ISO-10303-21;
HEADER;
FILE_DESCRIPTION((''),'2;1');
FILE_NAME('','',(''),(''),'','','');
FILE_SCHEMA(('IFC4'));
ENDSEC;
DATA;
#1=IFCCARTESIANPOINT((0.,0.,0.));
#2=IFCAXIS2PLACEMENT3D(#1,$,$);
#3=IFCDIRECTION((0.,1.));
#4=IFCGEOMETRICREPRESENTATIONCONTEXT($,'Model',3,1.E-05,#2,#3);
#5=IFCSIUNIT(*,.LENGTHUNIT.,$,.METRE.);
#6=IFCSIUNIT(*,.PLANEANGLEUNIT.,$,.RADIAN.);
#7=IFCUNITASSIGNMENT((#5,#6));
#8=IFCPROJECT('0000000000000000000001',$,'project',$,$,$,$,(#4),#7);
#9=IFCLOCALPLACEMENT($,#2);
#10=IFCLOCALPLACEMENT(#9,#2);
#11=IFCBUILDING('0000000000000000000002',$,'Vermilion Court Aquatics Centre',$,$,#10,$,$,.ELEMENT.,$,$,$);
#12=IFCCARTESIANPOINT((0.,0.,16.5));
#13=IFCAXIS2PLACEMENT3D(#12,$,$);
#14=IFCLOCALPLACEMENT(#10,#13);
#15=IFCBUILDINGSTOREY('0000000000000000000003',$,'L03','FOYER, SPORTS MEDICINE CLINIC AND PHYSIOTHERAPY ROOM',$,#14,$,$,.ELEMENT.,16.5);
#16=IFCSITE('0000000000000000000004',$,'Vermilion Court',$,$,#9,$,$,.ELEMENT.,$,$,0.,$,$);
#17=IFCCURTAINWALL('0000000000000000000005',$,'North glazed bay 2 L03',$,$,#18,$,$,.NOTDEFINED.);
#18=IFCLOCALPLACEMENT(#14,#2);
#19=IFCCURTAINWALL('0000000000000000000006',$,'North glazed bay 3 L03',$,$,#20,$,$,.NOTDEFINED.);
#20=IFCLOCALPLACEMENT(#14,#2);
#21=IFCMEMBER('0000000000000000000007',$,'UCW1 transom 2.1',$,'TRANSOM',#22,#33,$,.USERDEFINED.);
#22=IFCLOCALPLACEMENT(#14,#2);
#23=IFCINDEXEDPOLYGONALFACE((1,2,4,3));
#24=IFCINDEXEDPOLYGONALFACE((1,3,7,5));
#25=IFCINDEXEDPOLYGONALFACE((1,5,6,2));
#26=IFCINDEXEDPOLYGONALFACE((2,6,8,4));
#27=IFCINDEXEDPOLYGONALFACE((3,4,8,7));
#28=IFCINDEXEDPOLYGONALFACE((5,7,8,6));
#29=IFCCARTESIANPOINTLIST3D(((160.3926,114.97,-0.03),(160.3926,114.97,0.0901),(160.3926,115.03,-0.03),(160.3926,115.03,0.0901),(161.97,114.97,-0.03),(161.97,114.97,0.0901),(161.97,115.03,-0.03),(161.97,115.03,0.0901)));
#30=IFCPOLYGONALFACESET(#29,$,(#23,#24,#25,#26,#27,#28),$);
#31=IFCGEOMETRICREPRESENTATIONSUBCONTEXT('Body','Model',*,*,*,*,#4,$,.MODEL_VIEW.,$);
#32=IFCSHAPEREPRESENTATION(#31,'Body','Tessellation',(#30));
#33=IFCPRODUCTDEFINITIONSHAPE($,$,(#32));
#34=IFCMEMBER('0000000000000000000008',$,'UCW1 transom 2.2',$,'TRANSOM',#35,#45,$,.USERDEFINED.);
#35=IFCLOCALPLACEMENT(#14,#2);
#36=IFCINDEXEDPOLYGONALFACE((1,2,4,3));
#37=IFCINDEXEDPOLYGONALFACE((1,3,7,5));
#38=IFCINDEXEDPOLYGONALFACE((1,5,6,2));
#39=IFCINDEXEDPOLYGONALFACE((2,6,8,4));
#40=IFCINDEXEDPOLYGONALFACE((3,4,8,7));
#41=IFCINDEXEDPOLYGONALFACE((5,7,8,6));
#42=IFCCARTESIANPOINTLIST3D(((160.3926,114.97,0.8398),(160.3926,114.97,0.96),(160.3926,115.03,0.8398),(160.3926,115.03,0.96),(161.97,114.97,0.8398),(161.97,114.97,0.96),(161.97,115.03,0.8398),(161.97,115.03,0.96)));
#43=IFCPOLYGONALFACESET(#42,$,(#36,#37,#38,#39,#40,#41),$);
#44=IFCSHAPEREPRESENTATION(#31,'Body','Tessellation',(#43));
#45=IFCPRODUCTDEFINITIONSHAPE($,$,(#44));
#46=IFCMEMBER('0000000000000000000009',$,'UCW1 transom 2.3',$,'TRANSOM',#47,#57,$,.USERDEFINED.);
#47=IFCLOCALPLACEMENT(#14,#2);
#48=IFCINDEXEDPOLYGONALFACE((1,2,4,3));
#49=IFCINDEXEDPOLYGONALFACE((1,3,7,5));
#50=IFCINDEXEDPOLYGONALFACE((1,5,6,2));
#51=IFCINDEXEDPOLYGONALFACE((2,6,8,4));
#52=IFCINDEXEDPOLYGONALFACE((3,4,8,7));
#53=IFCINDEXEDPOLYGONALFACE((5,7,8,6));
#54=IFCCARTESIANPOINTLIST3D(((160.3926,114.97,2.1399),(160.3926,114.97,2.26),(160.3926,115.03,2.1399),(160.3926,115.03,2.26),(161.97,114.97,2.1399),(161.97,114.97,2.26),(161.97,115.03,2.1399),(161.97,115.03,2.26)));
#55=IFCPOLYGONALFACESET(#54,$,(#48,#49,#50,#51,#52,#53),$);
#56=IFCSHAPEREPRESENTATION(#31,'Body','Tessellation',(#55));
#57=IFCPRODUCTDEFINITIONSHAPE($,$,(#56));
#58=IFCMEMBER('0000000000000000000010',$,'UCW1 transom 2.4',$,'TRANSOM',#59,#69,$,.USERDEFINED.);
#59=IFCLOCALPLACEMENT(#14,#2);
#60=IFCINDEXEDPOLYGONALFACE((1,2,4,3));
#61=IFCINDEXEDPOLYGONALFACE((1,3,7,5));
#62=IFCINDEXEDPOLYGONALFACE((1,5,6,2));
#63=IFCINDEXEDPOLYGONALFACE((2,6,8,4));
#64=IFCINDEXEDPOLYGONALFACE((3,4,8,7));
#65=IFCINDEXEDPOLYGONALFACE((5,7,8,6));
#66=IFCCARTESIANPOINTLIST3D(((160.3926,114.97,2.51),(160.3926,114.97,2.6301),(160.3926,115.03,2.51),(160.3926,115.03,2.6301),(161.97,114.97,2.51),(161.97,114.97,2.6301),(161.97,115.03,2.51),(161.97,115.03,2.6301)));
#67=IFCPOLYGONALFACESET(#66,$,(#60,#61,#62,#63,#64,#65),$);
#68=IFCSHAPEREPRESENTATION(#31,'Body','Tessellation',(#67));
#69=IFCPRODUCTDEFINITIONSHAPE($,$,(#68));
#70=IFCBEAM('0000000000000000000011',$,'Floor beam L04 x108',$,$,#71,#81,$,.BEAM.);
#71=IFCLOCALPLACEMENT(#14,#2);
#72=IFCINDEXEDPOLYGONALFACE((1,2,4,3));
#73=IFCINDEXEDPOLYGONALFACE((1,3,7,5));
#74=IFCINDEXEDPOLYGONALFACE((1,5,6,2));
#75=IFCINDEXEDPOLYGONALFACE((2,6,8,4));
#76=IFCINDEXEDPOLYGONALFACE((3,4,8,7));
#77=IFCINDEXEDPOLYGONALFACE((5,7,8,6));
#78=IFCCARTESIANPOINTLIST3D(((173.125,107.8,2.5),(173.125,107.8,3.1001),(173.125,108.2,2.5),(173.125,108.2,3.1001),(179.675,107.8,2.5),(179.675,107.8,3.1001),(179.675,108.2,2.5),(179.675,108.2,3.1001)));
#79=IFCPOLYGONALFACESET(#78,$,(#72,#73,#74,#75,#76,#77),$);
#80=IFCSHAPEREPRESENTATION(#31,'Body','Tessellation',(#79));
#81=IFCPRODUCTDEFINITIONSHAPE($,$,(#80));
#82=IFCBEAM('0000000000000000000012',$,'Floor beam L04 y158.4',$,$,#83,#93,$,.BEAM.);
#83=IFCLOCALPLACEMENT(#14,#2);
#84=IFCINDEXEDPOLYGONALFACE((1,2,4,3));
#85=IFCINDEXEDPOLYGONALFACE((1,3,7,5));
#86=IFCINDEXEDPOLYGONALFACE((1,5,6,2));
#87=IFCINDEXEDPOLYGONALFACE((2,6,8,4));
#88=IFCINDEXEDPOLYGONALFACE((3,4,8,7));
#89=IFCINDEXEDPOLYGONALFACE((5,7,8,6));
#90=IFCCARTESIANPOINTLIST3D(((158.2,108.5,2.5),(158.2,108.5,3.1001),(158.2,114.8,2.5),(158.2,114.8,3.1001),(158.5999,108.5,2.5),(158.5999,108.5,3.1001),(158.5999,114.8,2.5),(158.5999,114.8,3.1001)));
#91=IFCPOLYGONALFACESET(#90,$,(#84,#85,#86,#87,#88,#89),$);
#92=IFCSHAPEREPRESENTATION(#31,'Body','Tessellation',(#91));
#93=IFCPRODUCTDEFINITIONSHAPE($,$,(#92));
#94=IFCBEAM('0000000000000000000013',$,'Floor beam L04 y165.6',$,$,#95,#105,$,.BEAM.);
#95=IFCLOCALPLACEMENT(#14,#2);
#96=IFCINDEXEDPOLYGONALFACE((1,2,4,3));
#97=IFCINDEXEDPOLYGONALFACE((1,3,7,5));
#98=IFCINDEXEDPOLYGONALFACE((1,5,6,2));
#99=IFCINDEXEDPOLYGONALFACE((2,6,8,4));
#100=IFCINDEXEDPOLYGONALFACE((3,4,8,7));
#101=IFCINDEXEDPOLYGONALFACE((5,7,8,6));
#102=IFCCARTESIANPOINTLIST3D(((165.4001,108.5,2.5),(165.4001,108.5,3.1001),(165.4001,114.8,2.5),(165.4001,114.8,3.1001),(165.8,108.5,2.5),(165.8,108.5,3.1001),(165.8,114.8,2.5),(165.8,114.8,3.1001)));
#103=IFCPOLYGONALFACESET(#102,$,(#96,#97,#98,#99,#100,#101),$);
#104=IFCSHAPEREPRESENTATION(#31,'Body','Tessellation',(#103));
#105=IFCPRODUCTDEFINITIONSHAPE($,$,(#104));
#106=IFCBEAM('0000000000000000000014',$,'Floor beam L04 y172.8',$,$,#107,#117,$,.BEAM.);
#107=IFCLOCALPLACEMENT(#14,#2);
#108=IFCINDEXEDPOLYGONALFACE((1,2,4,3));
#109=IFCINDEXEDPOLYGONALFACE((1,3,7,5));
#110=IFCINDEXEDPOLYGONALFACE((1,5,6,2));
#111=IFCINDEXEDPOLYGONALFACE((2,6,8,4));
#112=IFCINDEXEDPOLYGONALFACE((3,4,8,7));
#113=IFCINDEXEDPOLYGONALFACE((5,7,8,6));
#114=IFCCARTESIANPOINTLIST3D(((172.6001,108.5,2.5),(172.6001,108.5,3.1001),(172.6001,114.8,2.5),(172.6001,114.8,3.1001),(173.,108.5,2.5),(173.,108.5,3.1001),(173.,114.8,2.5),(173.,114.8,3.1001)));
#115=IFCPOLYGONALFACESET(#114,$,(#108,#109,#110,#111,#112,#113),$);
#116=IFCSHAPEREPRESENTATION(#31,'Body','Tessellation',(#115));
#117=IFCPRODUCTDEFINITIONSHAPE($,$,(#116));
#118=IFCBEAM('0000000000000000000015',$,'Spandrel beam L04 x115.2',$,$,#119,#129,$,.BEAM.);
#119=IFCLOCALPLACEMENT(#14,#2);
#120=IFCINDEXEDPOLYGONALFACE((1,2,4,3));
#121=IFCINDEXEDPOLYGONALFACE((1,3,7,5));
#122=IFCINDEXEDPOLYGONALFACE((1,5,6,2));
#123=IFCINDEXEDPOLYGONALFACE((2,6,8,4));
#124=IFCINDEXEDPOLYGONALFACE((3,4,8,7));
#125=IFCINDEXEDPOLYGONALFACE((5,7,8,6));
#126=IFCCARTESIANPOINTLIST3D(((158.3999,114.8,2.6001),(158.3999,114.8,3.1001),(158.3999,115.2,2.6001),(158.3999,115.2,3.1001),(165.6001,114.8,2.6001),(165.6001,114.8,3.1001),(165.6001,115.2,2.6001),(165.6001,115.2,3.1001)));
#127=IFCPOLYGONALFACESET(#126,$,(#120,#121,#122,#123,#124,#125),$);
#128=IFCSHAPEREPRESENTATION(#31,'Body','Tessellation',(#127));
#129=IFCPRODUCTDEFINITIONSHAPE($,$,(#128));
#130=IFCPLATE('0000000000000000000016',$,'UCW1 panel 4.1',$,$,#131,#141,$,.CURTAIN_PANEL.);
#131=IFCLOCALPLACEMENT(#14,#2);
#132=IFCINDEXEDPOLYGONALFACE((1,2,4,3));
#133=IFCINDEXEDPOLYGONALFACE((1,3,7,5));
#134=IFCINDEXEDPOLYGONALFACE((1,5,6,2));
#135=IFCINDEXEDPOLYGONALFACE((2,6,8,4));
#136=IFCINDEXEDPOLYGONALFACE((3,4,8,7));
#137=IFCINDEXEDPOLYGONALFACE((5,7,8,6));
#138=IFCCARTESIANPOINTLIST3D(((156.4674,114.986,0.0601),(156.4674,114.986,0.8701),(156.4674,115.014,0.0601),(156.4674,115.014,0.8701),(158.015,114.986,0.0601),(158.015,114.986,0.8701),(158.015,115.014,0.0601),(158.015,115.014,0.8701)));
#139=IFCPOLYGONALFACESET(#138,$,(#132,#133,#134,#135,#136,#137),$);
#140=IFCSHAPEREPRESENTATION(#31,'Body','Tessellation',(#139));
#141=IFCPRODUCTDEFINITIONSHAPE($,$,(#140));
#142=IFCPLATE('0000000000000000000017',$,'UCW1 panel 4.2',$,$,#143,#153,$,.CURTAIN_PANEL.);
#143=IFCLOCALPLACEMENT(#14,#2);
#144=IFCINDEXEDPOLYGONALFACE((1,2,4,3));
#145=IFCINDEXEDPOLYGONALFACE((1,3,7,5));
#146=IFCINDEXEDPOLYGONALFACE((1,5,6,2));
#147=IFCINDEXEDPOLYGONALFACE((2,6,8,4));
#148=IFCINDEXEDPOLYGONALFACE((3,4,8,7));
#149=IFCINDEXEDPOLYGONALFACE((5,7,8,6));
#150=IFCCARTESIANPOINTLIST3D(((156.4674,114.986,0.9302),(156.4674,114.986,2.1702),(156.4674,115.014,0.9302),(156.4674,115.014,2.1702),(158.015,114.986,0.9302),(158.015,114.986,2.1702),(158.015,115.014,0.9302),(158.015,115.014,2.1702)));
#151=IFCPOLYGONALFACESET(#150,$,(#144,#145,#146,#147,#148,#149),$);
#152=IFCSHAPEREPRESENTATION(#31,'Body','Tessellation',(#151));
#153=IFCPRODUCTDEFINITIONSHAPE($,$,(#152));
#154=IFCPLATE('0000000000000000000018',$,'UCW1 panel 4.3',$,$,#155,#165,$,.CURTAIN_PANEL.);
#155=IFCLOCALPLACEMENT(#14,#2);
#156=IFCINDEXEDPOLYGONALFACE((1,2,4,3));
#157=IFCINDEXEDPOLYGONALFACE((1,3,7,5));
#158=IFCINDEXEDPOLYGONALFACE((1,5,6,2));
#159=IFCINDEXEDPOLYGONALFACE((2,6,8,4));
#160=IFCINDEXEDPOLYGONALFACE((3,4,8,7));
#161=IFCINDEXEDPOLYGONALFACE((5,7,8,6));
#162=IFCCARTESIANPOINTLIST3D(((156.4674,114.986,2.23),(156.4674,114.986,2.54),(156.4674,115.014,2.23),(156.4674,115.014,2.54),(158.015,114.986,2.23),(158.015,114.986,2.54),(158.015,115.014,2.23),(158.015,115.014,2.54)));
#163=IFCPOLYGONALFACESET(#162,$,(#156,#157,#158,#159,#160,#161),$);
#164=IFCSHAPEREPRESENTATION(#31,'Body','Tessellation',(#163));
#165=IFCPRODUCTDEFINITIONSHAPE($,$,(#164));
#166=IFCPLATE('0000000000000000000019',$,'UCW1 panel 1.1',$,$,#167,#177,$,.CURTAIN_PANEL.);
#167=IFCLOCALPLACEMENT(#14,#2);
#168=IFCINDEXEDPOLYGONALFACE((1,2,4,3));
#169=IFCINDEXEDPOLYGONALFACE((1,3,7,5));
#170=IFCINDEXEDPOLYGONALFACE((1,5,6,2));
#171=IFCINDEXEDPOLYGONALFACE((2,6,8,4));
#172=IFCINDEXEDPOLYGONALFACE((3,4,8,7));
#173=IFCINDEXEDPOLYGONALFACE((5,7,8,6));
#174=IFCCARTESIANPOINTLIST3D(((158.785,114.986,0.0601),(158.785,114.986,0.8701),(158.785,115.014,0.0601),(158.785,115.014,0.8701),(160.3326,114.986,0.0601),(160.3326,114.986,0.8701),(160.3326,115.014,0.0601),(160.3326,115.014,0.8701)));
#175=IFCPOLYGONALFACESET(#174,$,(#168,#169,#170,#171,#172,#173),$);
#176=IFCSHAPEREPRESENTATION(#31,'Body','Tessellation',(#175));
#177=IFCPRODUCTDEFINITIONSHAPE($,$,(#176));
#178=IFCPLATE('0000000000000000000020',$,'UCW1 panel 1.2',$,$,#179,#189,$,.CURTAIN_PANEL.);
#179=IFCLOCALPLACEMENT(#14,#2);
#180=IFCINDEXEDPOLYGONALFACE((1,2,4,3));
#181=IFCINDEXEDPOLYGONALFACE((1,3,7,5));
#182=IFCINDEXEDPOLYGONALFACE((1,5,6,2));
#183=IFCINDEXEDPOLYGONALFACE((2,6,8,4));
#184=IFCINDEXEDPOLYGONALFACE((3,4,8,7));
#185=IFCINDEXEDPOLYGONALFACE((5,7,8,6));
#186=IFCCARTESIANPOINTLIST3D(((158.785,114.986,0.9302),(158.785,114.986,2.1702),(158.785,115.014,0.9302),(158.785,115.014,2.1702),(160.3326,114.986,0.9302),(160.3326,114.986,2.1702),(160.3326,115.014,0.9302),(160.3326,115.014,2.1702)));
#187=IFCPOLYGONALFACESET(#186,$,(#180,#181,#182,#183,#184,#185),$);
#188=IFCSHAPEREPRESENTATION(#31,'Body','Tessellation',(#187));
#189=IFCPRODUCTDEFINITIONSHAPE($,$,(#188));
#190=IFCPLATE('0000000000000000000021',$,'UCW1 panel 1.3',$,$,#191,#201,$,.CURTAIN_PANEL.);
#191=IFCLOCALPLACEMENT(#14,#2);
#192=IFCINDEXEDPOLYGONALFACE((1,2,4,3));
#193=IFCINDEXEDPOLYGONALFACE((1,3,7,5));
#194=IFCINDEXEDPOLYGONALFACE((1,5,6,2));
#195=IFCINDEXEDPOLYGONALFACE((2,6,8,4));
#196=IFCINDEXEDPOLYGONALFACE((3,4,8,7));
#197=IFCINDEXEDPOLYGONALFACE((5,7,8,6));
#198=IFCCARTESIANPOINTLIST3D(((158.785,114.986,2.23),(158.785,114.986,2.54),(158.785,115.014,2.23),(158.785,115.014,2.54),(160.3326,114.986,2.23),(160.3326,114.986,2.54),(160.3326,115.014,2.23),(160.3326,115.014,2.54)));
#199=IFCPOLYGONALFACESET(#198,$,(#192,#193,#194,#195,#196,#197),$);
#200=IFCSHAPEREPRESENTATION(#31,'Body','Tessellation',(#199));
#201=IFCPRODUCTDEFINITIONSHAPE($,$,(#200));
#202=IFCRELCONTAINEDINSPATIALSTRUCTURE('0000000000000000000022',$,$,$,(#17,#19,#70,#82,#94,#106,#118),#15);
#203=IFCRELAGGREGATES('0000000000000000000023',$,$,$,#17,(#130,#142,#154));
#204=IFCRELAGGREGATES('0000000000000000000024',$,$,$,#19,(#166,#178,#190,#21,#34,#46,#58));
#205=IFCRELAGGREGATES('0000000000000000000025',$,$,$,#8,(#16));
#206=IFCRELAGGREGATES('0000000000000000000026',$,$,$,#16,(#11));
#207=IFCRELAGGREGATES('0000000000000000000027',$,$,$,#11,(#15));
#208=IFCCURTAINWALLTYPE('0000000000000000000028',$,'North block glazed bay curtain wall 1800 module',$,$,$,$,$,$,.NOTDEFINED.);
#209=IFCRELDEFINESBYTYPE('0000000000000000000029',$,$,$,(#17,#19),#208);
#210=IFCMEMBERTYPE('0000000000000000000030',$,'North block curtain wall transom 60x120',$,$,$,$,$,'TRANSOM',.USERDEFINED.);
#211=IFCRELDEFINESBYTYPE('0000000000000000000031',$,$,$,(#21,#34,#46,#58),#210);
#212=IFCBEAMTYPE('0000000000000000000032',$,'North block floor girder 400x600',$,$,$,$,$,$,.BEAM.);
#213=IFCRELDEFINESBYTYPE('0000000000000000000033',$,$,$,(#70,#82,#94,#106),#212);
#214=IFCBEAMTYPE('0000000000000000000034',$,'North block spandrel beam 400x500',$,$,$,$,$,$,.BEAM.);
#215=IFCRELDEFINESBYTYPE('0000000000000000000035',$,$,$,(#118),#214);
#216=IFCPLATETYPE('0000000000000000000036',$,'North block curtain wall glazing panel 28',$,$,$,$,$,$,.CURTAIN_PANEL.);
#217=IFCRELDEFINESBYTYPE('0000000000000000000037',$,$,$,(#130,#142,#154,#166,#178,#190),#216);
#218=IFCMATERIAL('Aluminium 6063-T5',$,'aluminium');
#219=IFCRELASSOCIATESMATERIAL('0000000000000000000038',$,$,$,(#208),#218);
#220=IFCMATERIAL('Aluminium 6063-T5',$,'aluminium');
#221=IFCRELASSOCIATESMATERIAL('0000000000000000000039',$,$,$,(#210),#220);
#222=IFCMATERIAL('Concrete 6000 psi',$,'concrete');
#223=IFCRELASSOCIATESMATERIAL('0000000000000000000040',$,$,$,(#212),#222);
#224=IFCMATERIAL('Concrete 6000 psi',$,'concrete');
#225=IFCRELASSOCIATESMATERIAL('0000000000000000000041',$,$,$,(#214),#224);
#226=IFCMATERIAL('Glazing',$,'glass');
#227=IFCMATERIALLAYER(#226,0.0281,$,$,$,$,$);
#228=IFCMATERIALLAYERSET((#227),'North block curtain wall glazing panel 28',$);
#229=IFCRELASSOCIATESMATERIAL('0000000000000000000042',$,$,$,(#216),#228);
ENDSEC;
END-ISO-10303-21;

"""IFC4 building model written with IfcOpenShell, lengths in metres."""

from ifc_helpers import new_model, si_unit, direction, frame, origin, origin_2d, place, context, subcontext, project, spatial, rectangle, extrude, material, layer, layer_set, material_profile, profile_set, type_object, element, aggregate, save


model = new_model("IFC4")

# Units and contexts
model_context = context("Model", 3, precision=1e-05, world=origin(), true_north=direction((0.0, 1.0)))
body_context = subcontext(model_context, "Body", "Model", "MODEL_VIEW")
ifc_project = project(units=[si_unit("LENGTHUNIT", "METRE"), si_unit("PLANEANGLEUNIT", "RADIAN")], contexts=[model_context])

# Site, building, storey
site_placement = place(None, origin())
site = spatial("IfcSite", under=ifc_project, at=site_placement, Name="Vermilion Court", CompositionType="ELEMENT", RefElevation=0.0)
building_placement = place(site_placement, origin())
building = spatial("IfcBuilding", under=site, at=building_placement, Name="Vermilion Court Aquatics Centre", CompositionType="ELEMENT")
storey_placement = place(building_placement, frame((0.0, 0.0, 16.5)))
storey = spatial("IfcBuildingStorey", under=building, at=storey_placement, Name="L03", Description="FOYER, SPORTS MEDICINE CLINIC AND PHYSIOTHERAPY ROOM", CompositionType="ELEMENT", Elevation=16.5)

# Curtain walls
ifc_material_1 = material(Name="Aluminium 6063-T5", Category="aluminium")
curtain_wall_type = type_object("IfcCurtainWallType", Name="North block glazed bay curtain wall 1800 module", PredefinedType="NOTDEFINED", material=ifc_material_1)
curtain_wall_1_placement = place(storey_placement, origin())
curtain_wall_1 = element("IfcCurtainWall", 1, at=curtain_wall_1_placement, inside=storey, type_object=curtain_wall_type, Name="North glazed bay 2 L03", PredefinedType="NOTDEFINED")
curtain_wall_2_placement = place(storey_placement, origin())
curtain_wall_2 = element("IfcCurtainWall", 2, at=curtain_wall_2_placement, inside=storey, type_object=curtain_wall_type, Name="North glazed bay 3 L03", PredefinedType="NOTDEFINED")

# Members
ifc_material_2 = material(Name="Aluminium 6063-T5", Category="aluminium")
ifc_material_profile_1 = material_profile(ifc_material_2, rectangle(XDim=0.0601, YDim=0.1201, at=origin_2d()), Name="AL 60x120")
ifc_profile_set_1 = profile_set([ifc_material_profile_1], Name="Aluminium 6063-T5")
member_type_1 = type_object("IfcMemberType", Name="North block curtain wall transom 60x120", ElementType="TRANSOM", PredefinedType="USERDEFINED", material=ifc_profile_set_1)
member_1_placement = place(storey_placement, frame((160.3926, 115.0, 0.03), z_axis=(1.0, 0.0, 0.0), x_axis=(0.0, 1.0, 0.0)))
member_1 = element("IfcMember", 3, at=member_1_placement, type_object=member_type_1, Name="UCW1 transom 2.1", ObjectType="TRANSOM", PredefinedType="USERDEFINED", context=body_context, shape_type="SweptSolid", body=[
    extrude(rectangle(XDim=0.0601, YDim=0.1201, at=origin_2d()), origin(), (0.0, 0.0, 1.0), 1.5774),
])
member_2_placement = place(storey_placement, frame((160.3926, 115.0, 0.8999), z_axis=(1.0, 0.0, 0.0), x_axis=(0.0, 1.0, 0.0)))
member_2 = element("IfcMember", 4, at=member_2_placement, type_object=member_type_1, Name="UCW1 transom 2.2", ObjectType="TRANSOM", PredefinedType="USERDEFINED", context=body_context, shape_type="SweptSolid", body=[
    extrude(rectangle(XDim=0.0601, YDim=0.1201, at=origin_2d()), origin(), (0.0, 0.0, 1.0), 1.5774),
])
member_3_placement = place(storey_placement, frame((160.3926, 115.0, 2.2), z_axis=(1.0, 0.0, 0.0), x_axis=(0.0, 1.0, 0.0)))
member_3 = element("IfcMember", 5, at=member_3_placement, type_object=member_type_1, Name="UCW1 transom 2.3", ObjectType="TRANSOM", PredefinedType="USERDEFINED", context=body_context, shape_type="SweptSolid", body=[
    extrude(rectangle(XDim=0.0601, YDim=0.1201, at=origin_2d()), origin(), (0.0, 0.0, 1.0), 1.5774),
])
member_4_placement = place(storey_placement, frame((160.3926, 115.0, 2.5701), z_axis=(1.0, 0.0, 0.0), x_axis=(0.0, 1.0, 0.0)))
member_4 = element("IfcMember", 6, at=member_4_placement, type_object=member_type_1, Name="UCW1 transom 2.4", ObjectType="TRANSOM", PredefinedType="USERDEFINED", context=body_context, shape_type="SweptSolid", body=[
    extrude(rectangle(XDim=0.0601, YDim=0.1201, at=origin_2d()), origin(), (0.0, 0.0, 1.0), 1.5774),
])

# Beams
ifc_material_3 = material(Name="Concrete 6000 psi", Category="concrete")
ifc_material_profile_2 = material_profile(ifc_material_3, rectangle(XDim=0.3999, YDim=0.6001, at=origin_2d()), Name="RC 400x600")
ifc_profile_set_2 = profile_set([ifc_material_profile_2], Name="Concrete 6000 psi")
beam_type_1 = type_object("IfcBeamType", Name="North block floor girder 400x600", PredefinedType="BEAM", material=ifc_profile_set_2)
beam_1_placement = place(storey_placement, frame((173.125, 108.0, 2.8), z_axis=(1.0, 0.0, 0.0), x_axis=(0.0, 1.0, 0.0)))
element("IfcBeam", 7, at=beam_1_placement, inside=storey, type_object=beam_type_1, Name="Floor beam L04 x108", PredefinedType="BEAM", context=body_context, shape_type="SweptSolid", body=[
    extrude(rectangle(XDim=0.3999, YDim=0.6001, at=origin_2d()), origin(), (0.0, 0.0, 1.0), 6.55),
])
for number, where, z_axis, x_axis, name in (
    (8, (158.3999, 108.5, 2.8), (0.0, 1.0, 0.0), (-1.0, 0.0, 0.0), "Floor beam L04 y158.4"),
    (9, (165.6001, 108.5, 2.8), (0.0, 1.0, 0.0), (-1.0, 0.0, 0.0), "Floor beam L04 y165.6"),
    (10, (172.8, 108.5, 2.8), (0.0, 1.0, 0.0), (-1.0, 0.0, 0.0), "Floor beam L04 y172.8"),
):
    element("IfcBeam", number, at=place(storey_placement, frame(where, z_axis=z_axis, x_axis=x_axis)), inside=storey, type_object=beam_type_1, Name=name, PredefinedType="BEAM", context=body_context, shape_type="SweptSolid", body=[
        extrude(rectangle(XDim=0.3999, YDim=0.6001, at=origin_2d()), origin(), (0.0, 0.0, 1.0), 6.3),
    ])
ifc_material_4 = material(Name="Concrete 6000 psi", Category="concrete")
ifc_material_profile_3 = material_profile(ifc_material_4, rectangle(XDim=0.3999, YDim=0.5, at=origin_2d()), Name="RC 400x500")
ifc_profile_set_3 = profile_set([ifc_material_profile_3], Name="Concrete 6000 psi")
beam_type_2 = type_object("IfcBeamType", Name="North block spandrel beam 400x500", PredefinedType="BEAM", material=ifc_profile_set_3)
beam_2_placement = place(storey_placement, frame((158.3999, 115.0, 2.8501), z_axis=(1.0, 0.0, 0.0), x_axis=(0.0, 1.0, 0.0)))
element("IfcBeam", 11, at=beam_2_placement, inside=storey, type_object=beam_type_2, Name="Spandrel beam L04 x115.2", PredefinedType="BEAM", context=body_context, shape_type="SweptSolid", body=[
    extrude(rectangle(XDim=0.3999, YDim=0.5, at=origin_2d()), origin(), (0.0, 0.0, 1.0), 7.2002),
])

# Plates
ifc_material_5 = material(Name="Glazing", Category="glass")
ifc_layer_1 = layer(ifc_material_5, 0.0281)
ifc_layer_set_1 = layer_set([ifc_layer_1], Name="North block curtain wall glazing panel 28")
plate_type = type_object("IfcPlateType", Name="North block curtain wall glazing panel 28", PredefinedType="CURTAIN_PANEL", material=ifc_layer_set_1)
plate_1_placement = place(storey_placement, frame((157.2412, 115.0, 0.0601), z_axis=(0.0, 0.0, 1.0), x_axis=(1.0, 0.0, 0.0)))
plate_1 = element("IfcPlate", 12, at=plate_1_placement, type_object=plate_type, Name="UCW1 panel 4.1", PredefinedType="CURTAIN_PANEL", context=body_context, shape_type="SweptSolid", body=[
    extrude(rectangle(XDim=1.5476, YDim=0.0281, at=origin_2d()), origin(), (0.0, 0.0, 1.0), 0.8101),
])
plate_2_placement = place(storey_placement, frame((157.2412, 115.0, 0.9302), z_axis=(0.0, 0.0, 1.0), x_axis=(1.0, 0.0, 0.0)))
plate_2 = element("IfcPlate", 13, at=plate_2_placement, type_object=plate_type, Name="UCW1 panel 4.2", PredefinedType="CURTAIN_PANEL", context=body_context, shape_type="SweptSolid", body=[
    extrude(rectangle(XDim=1.5476, YDim=0.0281, at=origin_2d()), origin(), (0.0, 0.0, 1.0), 1.24),
])
plate_3_placement = place(storey_placement, frame((157.2412, 115.0, 2.23), z_axis=(0.0, 0.0, 1.0), x_axis=(1.0, 0.0, 0.0)))
plate_3 = element("IfcPlate", 14, at=plate_3_placement, type_object=plate_type, Name="UCW1 panel 4.3", PredefinedType="CURTAIN_PANEL", context=body_context, shape_type="SweptSolid", body=[
    extrude(rectangle(XDim=1.5476, YDim=0.0281, at=origin_2d()), origin(), (0.0, 0.0, 1.0), 0.3101),
])
aggregate(curtain_wall_1, [plate_1, plate_2, plate_3])
plate_4_placement = place(storey_placement, frame((159.5588, 115.0, 0.0601), z_axis=(0.0, 0.0, 1.0), x_axis=(1.0, 0.0, 0.0)))
plate_4 = element("IfcPlate", 15, at=plate_4_placement, type_object=plate_type, Name="UCW1 panel 1.1", PredefinedType="CURTAIN_PANEL", context=body_context, shape_type="SweptSolid", body=[
    extrude(rectangle(XDim=1.5476, YDim=0.0281, at=origin_2d()), origin(), (0.0, 0.0, 1.0), 0.8101),
])
plate_5_placement = place(storey_placement, frame((159.5588, 115.0, 0.9302), z_axis=(0.0, 0.0, 1.0), x_axis=(1.0, 0.0, 0.0)))
plate_5 = element("IfcPlate", 16, at=plate_5_placement, type_object=plate_type, Name="UCW1 panel 1.2", PredefinedType="CURTAIN_PANEL", context=body_context, shape_type="SweptSolid", body=[
    extrude(rectangle(XDim=1.5476, YDim=0.0281, at=origin_2d()), origin(), (0.0, 0.0, 1.0), 1.24),
])
plate_6_placement = place(storey_placement, frame((159.5588, 115.0, 2.23), z_axis=(0.0, 0.0, 1.0), x_axis=(1.0, 0.0, 0.0)))
plate_6 = element("IfcPlate", 17, at=plate_6_placement, type_object=plate_type, Name="UCW1 panel 1.3", PredefinedType="CURTAIN_PANEL", context=body_context, shape_type="SweptSolid", body=[
    extrude(rectangle(XDim=1.5476, YDim=0.0281, at=origin_2d()), origin(), (0.0, 0.0, 1.0), 0.3101),
])
aggregate(curtain_wall_2, [plate_4, plate_5, plate_6, member_1, member_2, member_3, member_4])

save(model, "model.ifc")
